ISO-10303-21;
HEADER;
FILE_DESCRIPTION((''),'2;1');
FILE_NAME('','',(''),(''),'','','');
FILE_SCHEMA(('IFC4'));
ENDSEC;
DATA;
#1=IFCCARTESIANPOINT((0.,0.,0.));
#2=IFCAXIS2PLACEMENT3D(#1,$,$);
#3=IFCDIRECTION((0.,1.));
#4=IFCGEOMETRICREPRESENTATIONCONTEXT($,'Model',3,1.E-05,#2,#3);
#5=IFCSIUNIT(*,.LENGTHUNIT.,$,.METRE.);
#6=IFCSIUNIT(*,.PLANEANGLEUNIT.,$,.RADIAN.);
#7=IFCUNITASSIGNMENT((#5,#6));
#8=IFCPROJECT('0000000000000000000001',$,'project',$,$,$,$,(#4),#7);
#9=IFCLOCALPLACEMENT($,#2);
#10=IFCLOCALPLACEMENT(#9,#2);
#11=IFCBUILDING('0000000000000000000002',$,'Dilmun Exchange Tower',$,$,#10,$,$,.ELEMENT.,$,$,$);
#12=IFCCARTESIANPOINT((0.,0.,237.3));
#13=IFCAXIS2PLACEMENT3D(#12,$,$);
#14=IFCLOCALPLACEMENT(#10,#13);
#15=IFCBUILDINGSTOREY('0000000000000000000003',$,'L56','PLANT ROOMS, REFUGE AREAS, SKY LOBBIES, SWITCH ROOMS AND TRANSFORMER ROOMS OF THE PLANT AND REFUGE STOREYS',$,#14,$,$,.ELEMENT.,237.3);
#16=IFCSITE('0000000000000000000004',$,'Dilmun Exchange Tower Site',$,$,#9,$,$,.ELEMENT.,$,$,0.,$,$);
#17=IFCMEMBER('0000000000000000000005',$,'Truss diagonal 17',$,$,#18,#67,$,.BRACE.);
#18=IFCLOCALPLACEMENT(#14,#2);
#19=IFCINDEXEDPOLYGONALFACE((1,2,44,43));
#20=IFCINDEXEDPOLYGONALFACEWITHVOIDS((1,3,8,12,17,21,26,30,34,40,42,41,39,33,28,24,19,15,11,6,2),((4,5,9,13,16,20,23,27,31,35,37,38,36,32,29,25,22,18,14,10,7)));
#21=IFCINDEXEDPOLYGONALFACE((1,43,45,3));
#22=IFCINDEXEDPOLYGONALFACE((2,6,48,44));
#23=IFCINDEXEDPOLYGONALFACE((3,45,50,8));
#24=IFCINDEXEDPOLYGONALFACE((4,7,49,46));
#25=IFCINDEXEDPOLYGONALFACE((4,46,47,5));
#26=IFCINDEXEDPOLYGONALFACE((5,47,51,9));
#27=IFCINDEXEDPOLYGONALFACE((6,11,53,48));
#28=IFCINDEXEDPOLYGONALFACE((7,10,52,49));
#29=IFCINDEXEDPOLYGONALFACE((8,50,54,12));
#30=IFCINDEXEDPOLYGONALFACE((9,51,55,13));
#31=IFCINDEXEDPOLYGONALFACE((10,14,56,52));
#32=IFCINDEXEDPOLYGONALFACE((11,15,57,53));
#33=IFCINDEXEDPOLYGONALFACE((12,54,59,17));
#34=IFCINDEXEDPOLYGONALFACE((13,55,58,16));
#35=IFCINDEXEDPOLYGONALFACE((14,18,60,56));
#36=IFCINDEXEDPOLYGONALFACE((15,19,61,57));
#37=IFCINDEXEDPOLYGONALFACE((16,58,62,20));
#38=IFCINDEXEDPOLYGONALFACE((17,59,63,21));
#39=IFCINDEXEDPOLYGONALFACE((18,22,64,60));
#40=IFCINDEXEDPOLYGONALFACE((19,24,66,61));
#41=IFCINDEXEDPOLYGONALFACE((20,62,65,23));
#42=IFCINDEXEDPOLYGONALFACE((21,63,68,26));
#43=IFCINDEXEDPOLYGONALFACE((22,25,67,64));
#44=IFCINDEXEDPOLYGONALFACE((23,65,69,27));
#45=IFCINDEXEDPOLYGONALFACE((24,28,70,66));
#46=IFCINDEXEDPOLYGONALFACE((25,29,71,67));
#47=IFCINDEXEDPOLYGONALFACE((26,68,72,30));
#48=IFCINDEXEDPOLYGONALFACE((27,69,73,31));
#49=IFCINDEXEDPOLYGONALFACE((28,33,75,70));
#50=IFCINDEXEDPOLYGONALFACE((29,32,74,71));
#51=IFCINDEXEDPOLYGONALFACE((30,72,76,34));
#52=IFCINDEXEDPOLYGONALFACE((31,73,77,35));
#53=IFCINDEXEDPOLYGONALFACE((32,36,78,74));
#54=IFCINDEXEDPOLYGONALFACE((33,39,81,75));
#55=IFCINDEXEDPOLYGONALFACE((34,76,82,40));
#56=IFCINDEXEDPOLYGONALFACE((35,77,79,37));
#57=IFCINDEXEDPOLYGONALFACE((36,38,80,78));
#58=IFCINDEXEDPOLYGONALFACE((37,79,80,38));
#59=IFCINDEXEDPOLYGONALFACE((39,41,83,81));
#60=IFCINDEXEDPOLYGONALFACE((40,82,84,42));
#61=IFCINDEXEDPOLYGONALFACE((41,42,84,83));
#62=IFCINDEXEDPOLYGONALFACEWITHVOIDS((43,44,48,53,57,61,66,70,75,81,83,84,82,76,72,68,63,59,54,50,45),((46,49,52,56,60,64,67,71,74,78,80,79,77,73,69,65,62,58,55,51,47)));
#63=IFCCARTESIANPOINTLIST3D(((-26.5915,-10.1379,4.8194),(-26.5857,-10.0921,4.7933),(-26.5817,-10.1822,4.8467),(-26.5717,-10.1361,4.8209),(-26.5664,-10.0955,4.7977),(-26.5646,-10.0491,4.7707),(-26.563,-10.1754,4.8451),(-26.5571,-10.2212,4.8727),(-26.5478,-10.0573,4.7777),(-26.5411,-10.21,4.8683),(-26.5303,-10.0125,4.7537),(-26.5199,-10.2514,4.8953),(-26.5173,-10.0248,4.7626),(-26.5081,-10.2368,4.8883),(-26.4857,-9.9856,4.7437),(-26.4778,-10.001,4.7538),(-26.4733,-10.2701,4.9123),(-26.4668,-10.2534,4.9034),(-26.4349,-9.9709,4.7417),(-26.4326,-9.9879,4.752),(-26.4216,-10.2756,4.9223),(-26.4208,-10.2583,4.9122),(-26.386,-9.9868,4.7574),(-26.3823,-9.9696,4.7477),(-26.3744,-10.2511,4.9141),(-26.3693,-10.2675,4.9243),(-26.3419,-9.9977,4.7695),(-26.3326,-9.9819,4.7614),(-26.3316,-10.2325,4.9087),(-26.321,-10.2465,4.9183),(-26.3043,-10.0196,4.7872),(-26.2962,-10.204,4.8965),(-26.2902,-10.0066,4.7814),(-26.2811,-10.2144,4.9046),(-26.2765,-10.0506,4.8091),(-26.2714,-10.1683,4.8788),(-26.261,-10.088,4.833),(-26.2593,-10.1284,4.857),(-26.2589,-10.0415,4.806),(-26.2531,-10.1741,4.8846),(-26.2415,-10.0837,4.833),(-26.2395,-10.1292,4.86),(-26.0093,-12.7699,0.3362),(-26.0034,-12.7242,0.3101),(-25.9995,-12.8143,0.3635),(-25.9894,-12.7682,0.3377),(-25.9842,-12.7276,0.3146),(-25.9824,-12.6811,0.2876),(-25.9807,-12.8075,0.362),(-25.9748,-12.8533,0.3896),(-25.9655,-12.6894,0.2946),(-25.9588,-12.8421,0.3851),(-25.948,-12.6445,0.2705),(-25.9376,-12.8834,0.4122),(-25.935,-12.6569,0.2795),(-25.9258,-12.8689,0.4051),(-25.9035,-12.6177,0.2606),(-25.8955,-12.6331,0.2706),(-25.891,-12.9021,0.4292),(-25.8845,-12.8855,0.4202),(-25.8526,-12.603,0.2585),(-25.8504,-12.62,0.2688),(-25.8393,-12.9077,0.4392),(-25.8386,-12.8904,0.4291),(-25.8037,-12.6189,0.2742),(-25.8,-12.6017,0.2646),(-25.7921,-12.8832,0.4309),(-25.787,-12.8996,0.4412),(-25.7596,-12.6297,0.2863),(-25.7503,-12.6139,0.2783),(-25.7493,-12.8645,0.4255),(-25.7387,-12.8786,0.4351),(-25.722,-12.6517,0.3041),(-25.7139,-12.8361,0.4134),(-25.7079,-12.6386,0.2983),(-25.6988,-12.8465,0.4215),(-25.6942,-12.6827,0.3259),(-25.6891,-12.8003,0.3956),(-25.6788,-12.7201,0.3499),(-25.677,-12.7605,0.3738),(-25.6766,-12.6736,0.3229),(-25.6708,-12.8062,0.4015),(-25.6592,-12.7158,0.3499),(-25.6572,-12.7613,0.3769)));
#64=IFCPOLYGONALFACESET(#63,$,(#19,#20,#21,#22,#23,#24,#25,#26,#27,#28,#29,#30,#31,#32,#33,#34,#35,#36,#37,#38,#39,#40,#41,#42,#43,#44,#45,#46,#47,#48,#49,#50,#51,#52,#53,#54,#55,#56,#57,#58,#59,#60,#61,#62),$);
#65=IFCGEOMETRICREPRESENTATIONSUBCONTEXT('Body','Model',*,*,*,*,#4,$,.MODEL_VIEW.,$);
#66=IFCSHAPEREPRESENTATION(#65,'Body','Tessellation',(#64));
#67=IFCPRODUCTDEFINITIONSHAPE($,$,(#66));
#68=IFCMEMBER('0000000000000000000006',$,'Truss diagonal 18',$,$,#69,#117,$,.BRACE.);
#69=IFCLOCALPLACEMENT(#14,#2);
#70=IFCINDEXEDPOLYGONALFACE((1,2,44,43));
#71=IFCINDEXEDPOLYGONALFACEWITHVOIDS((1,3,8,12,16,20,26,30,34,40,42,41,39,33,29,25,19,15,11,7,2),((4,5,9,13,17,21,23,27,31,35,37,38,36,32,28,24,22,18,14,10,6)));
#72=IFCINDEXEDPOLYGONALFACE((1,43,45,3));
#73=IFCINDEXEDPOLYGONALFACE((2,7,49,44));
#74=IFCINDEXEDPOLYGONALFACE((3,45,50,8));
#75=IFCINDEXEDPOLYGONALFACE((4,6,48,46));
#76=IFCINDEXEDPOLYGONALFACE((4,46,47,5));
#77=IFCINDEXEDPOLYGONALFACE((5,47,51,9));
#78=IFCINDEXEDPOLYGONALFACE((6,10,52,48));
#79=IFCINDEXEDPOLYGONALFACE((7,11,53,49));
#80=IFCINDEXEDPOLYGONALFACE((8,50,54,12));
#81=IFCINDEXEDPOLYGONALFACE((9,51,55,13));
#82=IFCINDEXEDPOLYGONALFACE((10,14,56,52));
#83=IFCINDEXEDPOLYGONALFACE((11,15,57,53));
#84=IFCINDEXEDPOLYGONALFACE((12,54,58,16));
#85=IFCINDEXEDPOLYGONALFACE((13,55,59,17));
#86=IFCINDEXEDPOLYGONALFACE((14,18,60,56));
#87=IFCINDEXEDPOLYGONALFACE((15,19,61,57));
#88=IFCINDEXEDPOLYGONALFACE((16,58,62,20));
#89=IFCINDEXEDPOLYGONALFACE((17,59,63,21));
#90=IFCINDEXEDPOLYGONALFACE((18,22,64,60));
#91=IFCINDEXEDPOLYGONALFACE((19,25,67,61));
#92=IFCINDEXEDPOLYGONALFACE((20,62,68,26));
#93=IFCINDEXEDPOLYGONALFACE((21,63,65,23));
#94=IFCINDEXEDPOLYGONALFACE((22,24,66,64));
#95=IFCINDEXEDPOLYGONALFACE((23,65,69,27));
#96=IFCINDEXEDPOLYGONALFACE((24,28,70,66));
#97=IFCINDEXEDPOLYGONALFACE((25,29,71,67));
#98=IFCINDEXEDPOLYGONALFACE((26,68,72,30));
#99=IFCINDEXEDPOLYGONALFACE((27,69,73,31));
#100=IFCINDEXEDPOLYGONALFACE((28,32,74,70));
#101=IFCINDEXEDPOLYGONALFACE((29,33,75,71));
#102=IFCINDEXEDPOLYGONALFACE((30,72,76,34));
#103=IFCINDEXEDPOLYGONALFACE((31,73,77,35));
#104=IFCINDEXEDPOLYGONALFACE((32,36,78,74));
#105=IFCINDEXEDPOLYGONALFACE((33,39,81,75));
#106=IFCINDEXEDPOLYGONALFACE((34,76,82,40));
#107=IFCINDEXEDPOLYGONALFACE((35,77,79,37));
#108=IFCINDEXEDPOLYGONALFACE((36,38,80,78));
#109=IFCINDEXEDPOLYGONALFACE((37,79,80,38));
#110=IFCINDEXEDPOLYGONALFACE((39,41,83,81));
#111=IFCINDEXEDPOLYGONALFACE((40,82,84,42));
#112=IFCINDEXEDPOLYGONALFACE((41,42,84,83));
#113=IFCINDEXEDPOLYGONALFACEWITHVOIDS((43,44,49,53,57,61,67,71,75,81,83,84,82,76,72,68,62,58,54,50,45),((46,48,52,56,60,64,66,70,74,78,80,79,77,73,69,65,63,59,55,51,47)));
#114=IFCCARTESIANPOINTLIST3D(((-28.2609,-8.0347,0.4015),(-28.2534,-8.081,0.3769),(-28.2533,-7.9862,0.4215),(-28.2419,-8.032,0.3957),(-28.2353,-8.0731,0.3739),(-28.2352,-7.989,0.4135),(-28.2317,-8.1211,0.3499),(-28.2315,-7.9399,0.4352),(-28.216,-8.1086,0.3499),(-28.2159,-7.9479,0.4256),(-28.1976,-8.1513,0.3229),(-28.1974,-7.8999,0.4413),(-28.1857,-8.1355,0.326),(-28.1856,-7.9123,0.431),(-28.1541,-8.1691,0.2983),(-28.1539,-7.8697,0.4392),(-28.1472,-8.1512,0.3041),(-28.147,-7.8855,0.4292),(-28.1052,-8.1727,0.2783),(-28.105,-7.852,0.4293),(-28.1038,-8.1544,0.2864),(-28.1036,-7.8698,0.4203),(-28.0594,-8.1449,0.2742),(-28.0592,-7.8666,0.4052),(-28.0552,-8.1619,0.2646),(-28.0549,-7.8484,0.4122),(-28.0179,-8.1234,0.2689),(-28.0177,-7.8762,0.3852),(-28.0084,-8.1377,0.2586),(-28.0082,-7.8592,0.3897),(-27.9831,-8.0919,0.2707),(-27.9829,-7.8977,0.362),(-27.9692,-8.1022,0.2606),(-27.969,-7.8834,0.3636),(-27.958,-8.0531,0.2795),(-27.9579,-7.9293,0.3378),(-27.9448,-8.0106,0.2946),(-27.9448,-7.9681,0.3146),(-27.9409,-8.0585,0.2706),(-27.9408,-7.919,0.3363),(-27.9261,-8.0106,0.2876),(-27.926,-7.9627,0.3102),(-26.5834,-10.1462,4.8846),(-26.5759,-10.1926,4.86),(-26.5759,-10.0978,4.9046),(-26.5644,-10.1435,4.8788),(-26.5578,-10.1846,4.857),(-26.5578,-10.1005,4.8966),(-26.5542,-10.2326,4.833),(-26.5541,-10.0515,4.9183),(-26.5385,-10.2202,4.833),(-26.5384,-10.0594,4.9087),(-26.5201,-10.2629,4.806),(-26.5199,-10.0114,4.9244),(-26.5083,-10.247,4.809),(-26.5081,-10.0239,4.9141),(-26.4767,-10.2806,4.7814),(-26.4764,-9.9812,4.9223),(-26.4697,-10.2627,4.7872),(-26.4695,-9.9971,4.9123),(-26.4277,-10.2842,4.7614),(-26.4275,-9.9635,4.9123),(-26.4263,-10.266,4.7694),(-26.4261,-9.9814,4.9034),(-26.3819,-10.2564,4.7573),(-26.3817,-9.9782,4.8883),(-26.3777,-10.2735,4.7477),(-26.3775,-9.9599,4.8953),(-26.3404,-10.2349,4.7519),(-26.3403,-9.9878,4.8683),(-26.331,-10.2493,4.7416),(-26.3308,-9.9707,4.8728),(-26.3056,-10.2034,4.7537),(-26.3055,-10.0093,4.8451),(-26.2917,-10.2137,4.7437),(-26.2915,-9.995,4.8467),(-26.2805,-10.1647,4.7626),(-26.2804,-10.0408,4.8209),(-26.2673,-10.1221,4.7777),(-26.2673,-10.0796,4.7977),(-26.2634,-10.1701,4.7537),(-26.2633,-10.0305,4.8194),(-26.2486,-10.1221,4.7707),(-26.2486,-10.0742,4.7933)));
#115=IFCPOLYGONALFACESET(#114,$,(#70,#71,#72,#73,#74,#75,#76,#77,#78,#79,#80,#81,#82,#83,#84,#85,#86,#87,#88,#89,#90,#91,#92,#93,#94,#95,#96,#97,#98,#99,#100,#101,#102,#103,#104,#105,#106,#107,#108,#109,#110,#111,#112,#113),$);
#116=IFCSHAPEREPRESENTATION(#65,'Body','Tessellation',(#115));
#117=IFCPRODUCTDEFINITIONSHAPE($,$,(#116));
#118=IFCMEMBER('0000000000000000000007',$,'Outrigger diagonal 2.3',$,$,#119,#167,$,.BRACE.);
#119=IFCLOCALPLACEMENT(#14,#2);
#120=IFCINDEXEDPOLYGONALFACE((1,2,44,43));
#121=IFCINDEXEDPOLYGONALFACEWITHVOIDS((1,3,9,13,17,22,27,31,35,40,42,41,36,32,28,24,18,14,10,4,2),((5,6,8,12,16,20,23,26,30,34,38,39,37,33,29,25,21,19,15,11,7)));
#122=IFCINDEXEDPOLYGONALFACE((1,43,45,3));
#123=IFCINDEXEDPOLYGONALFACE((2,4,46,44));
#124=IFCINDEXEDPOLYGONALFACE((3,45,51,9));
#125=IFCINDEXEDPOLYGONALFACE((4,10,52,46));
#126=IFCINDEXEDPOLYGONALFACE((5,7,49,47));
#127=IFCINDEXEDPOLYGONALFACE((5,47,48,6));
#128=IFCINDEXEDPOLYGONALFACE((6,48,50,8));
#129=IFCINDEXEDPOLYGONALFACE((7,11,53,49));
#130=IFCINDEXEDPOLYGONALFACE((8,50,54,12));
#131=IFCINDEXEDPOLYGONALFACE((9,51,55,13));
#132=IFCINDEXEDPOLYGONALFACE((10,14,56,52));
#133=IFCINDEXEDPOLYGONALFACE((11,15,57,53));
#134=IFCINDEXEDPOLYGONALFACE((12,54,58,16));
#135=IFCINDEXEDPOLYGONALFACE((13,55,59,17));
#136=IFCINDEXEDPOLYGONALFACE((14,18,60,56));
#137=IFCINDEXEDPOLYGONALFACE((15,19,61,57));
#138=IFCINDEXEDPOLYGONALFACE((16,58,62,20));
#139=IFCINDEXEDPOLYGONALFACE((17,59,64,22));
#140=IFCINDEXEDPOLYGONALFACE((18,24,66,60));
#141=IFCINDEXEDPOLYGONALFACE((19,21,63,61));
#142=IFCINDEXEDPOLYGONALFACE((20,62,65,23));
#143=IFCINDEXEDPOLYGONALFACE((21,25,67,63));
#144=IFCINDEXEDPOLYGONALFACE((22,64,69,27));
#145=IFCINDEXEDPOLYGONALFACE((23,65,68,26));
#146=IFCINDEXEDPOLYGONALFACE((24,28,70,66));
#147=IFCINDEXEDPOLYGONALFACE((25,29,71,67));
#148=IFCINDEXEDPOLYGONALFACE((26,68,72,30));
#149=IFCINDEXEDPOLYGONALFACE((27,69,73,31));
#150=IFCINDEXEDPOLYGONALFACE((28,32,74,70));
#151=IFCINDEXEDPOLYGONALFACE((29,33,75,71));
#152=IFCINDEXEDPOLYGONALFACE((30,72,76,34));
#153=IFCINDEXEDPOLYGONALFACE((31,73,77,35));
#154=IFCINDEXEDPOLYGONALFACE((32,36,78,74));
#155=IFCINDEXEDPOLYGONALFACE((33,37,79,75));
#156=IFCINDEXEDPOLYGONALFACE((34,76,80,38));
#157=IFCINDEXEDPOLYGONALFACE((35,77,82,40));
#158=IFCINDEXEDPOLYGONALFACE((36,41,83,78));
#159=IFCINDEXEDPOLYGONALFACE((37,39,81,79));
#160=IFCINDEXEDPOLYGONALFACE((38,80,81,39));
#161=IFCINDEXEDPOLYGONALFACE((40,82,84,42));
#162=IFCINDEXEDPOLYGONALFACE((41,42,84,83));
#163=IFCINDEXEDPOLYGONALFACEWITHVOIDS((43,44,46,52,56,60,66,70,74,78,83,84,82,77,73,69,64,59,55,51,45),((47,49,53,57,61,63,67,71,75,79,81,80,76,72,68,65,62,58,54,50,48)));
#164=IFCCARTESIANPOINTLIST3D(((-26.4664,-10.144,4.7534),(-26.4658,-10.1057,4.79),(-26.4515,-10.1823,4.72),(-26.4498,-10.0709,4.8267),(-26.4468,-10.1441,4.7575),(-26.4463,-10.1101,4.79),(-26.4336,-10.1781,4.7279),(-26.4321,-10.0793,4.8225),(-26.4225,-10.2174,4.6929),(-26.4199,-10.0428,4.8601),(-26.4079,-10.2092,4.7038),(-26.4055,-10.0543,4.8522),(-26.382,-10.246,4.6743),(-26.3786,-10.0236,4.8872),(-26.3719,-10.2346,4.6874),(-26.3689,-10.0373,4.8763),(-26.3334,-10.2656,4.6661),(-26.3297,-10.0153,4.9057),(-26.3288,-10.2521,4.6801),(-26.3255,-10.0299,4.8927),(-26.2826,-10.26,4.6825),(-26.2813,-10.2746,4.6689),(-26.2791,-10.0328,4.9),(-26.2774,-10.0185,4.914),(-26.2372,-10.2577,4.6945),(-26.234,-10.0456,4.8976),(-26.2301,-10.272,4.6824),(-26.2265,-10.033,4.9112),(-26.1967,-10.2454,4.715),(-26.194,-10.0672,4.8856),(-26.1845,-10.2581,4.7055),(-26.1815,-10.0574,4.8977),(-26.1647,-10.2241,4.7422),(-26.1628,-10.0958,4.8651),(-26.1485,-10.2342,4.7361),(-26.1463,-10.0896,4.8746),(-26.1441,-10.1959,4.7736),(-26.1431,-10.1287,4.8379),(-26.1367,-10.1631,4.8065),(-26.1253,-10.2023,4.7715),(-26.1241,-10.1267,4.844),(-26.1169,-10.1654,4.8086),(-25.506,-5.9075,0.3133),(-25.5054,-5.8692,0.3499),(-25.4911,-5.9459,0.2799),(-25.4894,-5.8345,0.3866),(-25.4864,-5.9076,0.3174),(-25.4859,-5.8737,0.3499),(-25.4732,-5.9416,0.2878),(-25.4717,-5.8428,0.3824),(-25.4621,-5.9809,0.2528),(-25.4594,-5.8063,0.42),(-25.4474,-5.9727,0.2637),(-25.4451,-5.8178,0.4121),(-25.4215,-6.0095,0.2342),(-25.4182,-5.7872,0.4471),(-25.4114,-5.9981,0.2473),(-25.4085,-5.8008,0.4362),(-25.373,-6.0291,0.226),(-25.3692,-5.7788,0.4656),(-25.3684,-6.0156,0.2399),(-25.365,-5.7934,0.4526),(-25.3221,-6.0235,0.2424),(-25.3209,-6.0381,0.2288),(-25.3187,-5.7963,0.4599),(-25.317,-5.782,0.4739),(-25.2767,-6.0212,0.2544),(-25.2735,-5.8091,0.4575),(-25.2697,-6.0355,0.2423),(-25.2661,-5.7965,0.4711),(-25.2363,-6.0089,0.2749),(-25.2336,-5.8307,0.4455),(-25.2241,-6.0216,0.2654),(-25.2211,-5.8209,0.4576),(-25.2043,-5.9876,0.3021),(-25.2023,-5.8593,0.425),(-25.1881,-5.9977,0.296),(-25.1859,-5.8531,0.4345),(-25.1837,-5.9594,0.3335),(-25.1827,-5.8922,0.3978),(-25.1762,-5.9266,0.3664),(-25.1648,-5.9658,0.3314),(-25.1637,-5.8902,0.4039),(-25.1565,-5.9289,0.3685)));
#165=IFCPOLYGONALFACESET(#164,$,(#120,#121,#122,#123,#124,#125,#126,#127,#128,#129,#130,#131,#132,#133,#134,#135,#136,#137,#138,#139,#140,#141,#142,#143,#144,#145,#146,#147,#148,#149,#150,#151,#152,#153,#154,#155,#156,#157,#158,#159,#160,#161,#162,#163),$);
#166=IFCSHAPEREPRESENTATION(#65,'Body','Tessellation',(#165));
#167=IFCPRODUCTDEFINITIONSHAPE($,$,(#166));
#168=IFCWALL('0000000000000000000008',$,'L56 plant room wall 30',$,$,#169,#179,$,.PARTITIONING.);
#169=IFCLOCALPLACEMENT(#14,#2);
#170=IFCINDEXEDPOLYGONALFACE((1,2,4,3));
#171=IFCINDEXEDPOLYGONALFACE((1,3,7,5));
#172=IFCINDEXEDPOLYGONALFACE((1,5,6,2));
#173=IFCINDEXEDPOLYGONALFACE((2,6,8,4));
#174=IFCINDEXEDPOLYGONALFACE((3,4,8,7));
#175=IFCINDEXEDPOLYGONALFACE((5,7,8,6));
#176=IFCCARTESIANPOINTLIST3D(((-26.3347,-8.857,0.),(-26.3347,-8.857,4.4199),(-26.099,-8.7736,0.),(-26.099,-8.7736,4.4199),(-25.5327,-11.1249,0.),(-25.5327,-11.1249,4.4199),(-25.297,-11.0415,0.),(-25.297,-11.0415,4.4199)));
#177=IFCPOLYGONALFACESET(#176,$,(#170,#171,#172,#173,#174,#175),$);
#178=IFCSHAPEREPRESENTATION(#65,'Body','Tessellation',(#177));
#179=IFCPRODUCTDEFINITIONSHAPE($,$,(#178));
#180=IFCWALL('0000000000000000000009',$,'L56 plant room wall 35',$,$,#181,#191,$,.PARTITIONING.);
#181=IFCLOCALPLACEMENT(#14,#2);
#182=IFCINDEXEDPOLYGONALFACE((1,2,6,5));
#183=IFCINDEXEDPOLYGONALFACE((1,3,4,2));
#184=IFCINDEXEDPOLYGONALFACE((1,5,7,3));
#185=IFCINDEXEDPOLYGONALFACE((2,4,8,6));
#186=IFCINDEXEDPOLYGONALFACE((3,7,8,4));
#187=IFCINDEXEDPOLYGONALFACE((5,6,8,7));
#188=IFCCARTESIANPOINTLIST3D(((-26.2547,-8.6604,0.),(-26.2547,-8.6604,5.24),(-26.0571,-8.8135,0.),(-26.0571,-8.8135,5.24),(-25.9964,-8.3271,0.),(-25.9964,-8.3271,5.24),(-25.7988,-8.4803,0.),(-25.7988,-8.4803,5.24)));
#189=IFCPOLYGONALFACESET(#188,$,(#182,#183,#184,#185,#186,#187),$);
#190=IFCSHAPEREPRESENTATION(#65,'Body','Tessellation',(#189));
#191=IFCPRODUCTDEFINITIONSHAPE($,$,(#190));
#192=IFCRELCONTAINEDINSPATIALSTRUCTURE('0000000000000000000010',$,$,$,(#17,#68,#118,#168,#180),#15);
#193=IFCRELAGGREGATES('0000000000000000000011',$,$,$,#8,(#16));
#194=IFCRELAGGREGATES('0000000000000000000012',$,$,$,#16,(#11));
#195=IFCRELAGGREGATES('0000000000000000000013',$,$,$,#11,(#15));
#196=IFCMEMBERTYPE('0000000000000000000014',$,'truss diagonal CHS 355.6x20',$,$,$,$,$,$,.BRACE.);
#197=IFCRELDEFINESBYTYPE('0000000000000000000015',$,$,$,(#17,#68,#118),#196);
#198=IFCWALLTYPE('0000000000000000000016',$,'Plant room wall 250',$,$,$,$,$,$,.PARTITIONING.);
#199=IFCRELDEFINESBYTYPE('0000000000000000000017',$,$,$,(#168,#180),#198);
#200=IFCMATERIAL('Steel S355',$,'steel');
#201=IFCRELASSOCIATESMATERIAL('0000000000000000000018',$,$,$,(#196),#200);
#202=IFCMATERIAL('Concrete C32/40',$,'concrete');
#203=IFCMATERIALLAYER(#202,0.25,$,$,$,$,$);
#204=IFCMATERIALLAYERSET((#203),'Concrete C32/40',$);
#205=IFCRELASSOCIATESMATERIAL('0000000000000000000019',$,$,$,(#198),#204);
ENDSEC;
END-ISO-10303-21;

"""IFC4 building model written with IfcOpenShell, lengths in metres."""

from ifc_helpers import new_model, si_unit, direction, frame, frame_2d, origin, origin_2d, place, context, subcontext, project, spatial, rectangle, hollow_circle, extrude, material, layer, layer_set, material_profile, profile_set, type_object, element, save


model = new_model("IFC4")

# Units and contexts
model_context = context("Model", 3, precision=1e-05, world=origin(), true_north=direction((0.0, 1.0)))
body_context = subcontext(model_context, "Body", "Model", "MODEL_VIEW")
ifc_project = project(units=[si_unit("LENGTHUNIT", "METRE"), si_unit("PLANEANGLEUNIT", "RADIAN")], contexts=[model_context])

# Site, building, storey
site_placement = place(None, origin())
site = spatial("IfcSite", under=ifc_project, at=site_placement, Name="Dilmun Exchange Tower Site", CompositionType="ELEMENT", RefElevation=0.0)
building_placement = place(site_placement, origin())
building = spatial("IfcBuilding", under=site, at=building_placement, Name="Dilmun Exchange Tower", CompositionType="ELEMENT")
storey_placement = place(building_placement, frame((0.0, 0.0, 237.3)))
storey = spatial("IfcBuildingStorey", under=building, at=storey_placement, Name="L56", Description="PLANT ROOMS, REFUGE AREAS, SKY LOBBIES, SWITCH ROOMS AND TRANSFORMER ROOMS OF THE PLANT AND REFUGE STOREYS", CompositionType="ELEMENT", Elevation=237.3)

# Shared definitions
ifc_material_1 = material(Name="Steel S355", Category="steel")

# Members
ifc_material_profile_1 = material_profile(ifc_material_1, hollow_circle(Radius=0.1777, WallThickness=0.02, at=origin_2d()), Name="CHS 355.6x20")
ifc_profile_set_1 = profile_set([ifc_material_profile_1], Name="Steel S355")
member_type = type_object("IfcMemberType", Name="truss diagonal CHS 355.6x20", PredefinedType="BRACE", material=ifc_profile_set_1)
member_1_placement = place(storey_placement, frame((-26.415, -10.1221, 4.833), z_axis=(0.111308, -0.503149, -0.857001), x_axis=(0.976393, 0.216, 0.0)))
element("IfcMember", 1, at=member_1_placement, inside=storey, type_object=member_type, Name="Truss diagonal 17", PredefinedType="BRACE", context=body_context, shape_type="SweptSolid", body=[
    extrude(hollow_circle(Radius=0.1777, WallThickness=0.02, at=origin_2d()), origin(), (0.0, 0.0, 1.0), 5.2312),
])
member_2_placement = place(storey_placement, frame((-26.415, -10.1221, 4.833), z_axis=(-0.320636, 0.403606, -0.85691), x_axis=(-0.782993, -0.622031, 0.0)))
element("IfcMember", 2, at=member_2_placement, inside=storey, type_object=member_type, Name="Truss diagonal 18", PredefinedType="BRACE", context=body_context, shape_type="SweptSolid", body=[
    extrude(hollow_circle(Radius=0.1777, WallThickness=0.02, at=origin_2d()), origin(), (0.0, 0.0, 1.0), 5.2317),
])
member_3_placement = place(storey_placement, frame((-26.2925, -10.145, 4.79), z_axis=(0.154617, 0.682022, -0.7148), x_axis=(-0.975253, 0.221094, 0.0)))
element("IfcMember", 3, at=member_3_placement, inside=storey, type_object=member_type, Name="Outrigger diagonal 2.3", PredefinedType="BRACE", context=body_context, shape_type="SweptSolid", body=[
    extrude(hollow_circle(Radius=0.1777, WallThickness=0.02, at=origin_2d()), origin(), (0.0, 0.0, 1.0), 6.2117),
])

# Walls
ifc_material_2 = material(Name="Concrete C32/40", Category="concrete")
ifc_layer_1 = layer(ifc_material_2, 0.25)
ifc_layer_set_1 = layer_set([ifc_layer_1], Name="Concrete C32/40")
wall_type_1 = type_object("IfcWallType", Name="Plant room wall 250", PredefinedType="PARTITIONING", material=ifc_layer_set_1)
wall_1_placement = place(storey_placement, frame((-26.2168, -8.8154, 0.0), z_axis=(0.0, 0.0, 1.0), x_axis=(0.333409, -0.942782, 0.0)))
element("IfcWall", 4, at=wall_1_placement, inside=storey, type_object=wall_type_1, Name="L56 plant room wall 30", PredefinedType="PARTITIONING", context=body_context, shape_type="SweptSolid", body=[
    extrude(rectangle(XDim=2.4055, YDim=0.25, at=frame_2d((1.2026, 0.0))), origin(), (0.0, 0.0, 1.0), 4.4199),
])
wall_2_placement = place(storey_placement, frame((-26.156, -8.7371, 0.0), z_axis=(0.0, 0.0, 1.0), x_axis=(0.612617, 0.79038, 0.0)))
element("IfcWall", 5, at=wall_2_placement, inside=storey, type_object=wall_type_1, Name="L56 plant room wall 35", PredefinedType="PARTITIONING", context=body_context, shape_type="SweptSolid", body=[
    extrude(rectangle(XDim=0.4216, YDim=0.25, at=frame_2d((0.2109, 0.0))), origin(), (0.0, 0.0, 1.0), 5.24),
])

save(model, "model.ifc")
